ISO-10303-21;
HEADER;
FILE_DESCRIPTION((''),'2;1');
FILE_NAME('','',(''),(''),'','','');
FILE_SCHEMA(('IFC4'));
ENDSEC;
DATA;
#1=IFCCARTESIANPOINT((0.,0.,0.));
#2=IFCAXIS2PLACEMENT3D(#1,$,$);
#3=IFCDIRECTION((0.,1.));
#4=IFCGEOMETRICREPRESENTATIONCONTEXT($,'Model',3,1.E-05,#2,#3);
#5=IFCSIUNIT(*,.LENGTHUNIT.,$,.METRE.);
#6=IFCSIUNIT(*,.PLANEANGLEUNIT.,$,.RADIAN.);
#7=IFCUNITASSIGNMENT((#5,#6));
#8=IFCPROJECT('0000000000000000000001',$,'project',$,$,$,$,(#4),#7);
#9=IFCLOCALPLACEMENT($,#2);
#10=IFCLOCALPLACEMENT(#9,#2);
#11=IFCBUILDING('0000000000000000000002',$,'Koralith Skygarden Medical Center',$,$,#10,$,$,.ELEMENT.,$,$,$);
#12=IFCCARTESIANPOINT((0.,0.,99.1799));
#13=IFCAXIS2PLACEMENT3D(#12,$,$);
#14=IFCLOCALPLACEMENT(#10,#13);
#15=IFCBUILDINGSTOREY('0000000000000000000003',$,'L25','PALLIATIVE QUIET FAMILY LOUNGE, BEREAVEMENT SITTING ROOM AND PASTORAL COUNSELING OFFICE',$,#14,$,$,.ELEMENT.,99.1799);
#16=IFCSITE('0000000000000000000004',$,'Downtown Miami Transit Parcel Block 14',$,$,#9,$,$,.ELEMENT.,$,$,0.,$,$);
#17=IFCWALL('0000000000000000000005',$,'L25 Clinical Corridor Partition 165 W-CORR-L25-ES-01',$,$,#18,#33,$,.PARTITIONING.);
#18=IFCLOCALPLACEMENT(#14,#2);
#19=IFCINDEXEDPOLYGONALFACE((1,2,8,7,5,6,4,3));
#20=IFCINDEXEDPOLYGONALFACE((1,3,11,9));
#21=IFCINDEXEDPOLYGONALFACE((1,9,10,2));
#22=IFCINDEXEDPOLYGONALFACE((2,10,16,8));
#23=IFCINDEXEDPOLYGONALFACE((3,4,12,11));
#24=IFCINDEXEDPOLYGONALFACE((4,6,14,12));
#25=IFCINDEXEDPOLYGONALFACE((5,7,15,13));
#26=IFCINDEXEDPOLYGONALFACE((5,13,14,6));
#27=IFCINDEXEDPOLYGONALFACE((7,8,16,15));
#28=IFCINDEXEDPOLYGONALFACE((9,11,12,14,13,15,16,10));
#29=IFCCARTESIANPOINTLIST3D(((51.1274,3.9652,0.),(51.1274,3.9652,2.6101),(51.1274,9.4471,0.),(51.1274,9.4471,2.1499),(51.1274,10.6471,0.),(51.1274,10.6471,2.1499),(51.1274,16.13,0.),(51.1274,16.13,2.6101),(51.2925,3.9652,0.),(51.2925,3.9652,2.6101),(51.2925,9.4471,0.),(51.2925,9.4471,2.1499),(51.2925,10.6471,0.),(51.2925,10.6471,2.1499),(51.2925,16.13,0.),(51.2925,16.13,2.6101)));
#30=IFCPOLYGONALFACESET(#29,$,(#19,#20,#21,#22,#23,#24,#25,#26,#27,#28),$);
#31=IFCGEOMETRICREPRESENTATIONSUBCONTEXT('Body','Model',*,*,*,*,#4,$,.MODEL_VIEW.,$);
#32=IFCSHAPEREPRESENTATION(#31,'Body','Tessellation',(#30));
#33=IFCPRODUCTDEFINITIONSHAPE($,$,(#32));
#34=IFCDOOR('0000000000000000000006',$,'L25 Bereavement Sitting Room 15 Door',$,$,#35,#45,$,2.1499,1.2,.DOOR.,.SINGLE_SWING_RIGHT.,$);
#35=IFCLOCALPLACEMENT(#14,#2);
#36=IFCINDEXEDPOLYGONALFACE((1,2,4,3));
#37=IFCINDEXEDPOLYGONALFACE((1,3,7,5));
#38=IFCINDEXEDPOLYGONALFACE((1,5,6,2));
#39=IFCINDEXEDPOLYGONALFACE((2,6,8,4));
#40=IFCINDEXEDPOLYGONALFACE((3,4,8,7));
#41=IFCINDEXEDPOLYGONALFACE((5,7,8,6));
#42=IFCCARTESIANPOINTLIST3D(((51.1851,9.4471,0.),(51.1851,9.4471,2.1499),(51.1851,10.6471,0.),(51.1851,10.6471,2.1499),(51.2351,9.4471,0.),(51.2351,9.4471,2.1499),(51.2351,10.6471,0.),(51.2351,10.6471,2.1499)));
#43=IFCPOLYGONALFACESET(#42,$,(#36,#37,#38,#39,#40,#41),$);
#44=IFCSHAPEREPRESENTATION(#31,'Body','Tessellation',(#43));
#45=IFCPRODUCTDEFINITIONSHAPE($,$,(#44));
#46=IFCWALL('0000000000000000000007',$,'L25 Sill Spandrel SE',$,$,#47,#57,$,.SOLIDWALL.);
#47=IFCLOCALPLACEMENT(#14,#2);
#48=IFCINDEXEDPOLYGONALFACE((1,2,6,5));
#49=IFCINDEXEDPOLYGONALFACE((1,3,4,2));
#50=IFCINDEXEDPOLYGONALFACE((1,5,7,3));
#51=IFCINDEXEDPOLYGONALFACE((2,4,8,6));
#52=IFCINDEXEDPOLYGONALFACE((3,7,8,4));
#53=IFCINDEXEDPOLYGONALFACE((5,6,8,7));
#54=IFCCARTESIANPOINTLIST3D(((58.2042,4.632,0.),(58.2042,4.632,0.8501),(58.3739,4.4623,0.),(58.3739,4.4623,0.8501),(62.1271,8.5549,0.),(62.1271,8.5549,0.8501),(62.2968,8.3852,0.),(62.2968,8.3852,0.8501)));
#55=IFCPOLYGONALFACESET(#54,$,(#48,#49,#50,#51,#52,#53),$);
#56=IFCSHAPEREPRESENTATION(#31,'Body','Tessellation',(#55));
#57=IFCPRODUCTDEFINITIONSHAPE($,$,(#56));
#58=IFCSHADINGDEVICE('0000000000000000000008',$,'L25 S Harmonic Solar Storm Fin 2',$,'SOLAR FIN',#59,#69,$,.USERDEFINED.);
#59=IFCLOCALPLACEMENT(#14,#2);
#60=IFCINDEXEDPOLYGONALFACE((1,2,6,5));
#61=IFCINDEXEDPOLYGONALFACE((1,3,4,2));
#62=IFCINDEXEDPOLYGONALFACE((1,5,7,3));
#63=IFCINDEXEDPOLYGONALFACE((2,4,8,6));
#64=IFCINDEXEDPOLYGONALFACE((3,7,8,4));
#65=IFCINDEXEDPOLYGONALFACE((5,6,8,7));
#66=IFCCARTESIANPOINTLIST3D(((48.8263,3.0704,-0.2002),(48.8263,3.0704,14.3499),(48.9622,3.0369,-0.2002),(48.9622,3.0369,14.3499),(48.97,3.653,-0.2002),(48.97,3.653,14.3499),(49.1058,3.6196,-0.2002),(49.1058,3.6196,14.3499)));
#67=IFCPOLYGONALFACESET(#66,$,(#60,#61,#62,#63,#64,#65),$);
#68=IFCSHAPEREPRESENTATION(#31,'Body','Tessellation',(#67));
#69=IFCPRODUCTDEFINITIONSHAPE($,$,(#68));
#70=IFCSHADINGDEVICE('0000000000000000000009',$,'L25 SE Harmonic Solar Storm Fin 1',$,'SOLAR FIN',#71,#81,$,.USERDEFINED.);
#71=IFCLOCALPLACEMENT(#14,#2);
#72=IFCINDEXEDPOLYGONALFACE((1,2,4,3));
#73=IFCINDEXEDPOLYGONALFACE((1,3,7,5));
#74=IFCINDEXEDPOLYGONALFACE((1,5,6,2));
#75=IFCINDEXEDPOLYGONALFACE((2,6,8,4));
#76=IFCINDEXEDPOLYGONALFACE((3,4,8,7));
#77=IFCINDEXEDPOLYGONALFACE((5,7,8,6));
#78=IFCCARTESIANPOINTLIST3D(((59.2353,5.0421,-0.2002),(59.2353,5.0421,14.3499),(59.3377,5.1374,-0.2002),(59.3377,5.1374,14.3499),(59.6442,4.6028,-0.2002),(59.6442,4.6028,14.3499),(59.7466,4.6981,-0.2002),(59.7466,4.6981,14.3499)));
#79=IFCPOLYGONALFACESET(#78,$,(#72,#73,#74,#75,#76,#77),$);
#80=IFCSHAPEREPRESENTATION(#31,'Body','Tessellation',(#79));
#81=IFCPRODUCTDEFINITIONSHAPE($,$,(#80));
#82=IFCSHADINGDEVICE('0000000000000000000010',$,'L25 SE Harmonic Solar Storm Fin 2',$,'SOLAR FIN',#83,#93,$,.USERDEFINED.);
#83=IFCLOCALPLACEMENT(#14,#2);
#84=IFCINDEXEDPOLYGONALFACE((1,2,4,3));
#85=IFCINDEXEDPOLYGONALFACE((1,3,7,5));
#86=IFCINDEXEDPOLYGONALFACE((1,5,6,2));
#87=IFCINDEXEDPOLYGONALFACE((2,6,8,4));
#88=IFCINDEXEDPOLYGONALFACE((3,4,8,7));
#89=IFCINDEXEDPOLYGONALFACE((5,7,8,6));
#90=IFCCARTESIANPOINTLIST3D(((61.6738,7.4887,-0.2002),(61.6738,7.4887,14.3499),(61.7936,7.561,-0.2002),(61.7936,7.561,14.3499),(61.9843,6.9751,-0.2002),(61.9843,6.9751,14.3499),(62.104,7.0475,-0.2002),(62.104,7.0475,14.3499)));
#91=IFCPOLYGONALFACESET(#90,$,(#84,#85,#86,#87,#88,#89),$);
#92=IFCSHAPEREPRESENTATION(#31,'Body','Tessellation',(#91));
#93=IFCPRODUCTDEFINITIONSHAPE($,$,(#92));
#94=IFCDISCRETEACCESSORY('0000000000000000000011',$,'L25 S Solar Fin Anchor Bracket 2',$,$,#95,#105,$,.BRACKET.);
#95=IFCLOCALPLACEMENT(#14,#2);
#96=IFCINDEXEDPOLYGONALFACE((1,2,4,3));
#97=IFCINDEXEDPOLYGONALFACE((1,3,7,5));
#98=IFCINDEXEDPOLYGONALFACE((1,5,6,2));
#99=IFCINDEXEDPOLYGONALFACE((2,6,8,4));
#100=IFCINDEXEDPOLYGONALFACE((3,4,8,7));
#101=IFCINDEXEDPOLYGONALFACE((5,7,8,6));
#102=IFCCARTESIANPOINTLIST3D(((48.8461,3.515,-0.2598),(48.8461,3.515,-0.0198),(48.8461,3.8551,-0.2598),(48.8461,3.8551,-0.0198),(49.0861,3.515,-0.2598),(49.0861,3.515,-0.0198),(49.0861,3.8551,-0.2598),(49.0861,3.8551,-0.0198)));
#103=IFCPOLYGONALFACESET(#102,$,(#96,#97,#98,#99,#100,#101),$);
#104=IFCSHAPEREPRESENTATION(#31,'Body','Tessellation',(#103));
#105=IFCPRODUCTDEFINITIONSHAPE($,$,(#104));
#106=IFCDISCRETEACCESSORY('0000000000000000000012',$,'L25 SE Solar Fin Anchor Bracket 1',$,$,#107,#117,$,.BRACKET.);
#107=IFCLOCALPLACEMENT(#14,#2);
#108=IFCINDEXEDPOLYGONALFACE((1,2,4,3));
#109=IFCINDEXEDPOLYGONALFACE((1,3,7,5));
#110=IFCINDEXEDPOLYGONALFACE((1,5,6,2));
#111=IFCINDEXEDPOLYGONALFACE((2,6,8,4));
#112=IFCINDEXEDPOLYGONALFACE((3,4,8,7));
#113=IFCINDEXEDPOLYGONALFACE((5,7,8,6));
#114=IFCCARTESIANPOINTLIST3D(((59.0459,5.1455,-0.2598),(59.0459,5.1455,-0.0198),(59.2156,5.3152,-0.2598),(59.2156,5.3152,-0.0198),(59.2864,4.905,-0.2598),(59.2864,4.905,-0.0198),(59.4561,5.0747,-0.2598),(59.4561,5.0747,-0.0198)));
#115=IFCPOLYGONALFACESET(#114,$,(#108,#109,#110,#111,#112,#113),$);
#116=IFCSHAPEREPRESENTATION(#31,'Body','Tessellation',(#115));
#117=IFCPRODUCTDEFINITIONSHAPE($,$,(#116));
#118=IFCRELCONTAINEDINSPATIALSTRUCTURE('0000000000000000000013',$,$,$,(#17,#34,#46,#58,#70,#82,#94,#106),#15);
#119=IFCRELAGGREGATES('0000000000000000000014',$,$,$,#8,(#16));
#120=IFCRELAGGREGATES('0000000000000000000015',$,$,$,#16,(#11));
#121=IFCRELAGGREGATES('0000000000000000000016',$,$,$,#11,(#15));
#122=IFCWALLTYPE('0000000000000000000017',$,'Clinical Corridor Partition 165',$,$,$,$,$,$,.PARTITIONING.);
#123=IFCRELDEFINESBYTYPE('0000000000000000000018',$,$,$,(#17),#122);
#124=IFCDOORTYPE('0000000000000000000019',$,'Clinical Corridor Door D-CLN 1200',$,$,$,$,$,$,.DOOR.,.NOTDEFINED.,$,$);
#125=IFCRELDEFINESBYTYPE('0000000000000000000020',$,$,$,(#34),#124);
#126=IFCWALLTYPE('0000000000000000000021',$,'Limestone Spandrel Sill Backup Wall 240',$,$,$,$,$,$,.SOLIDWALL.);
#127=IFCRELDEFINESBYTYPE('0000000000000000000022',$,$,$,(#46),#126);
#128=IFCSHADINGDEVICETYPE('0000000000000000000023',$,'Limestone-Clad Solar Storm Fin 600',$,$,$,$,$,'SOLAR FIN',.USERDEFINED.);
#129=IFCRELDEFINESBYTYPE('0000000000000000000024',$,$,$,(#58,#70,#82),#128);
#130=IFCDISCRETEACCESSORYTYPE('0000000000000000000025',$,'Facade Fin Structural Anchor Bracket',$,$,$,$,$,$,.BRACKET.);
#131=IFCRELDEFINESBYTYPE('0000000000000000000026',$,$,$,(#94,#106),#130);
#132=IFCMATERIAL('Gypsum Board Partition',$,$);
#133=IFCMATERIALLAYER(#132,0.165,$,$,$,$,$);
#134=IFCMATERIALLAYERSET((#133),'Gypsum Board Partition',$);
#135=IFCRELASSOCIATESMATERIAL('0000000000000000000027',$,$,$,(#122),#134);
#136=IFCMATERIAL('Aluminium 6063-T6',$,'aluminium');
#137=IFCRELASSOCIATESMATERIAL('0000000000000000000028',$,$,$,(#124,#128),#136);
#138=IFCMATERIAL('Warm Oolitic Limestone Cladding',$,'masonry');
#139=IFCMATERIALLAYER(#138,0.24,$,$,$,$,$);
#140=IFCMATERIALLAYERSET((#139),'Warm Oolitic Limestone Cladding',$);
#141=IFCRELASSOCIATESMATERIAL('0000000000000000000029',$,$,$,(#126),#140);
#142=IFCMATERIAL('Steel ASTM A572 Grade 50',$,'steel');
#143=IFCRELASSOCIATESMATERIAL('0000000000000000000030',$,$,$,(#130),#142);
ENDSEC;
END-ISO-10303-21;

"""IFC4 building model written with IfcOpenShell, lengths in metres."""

from ifc_helpers import new_model, si_unit, direction, frame, frame_2d, origin, origin_2d, place, context, subcontext, project, spatial, rectangle, extrude, material, layer, layer_set, type_object, element, fill, save


model = new_model("IFC4")

# Units and contexts
model_context = context("Model", 3, precision=1e-05, world=origin(), true_north=direction((0.0, 1.0)))
body_context = subcontext(model_context, "Body", "Model", "MODEL_VIEW")
ifc_project = project(units=[si_unit("LENGTHUNIT", "METRE"), si_unit("PLANEANGLEUNIT", "RADIAN")], contexts=[model_context])

# Site, building, storey
site_placement = place(None, origin())
site = spatial("IfcSite", under=ifc_project, at=site_placement, Name="Downtown Miami Transit Parcel Block 14", CompositionType="ELEMENT", RefElevation=0.0)
building_placement = place(site_placement, origin())
building = spatial("IfcBuilding", under=site, at=building_placement, Name="Koralith Skygarden Medical Center", CompositionType="ELEMENT")
storey_placement = place(building_placement, frame((0.0, 0.0, 99.1799)))
storey = spatial("IfcBuildingStorey", under=building, at=storey_placement, Name="L25", Description="PALLIATIVE QUIET FAMILY LOUNGE, BEREAVEMENT SITTING ROOM AND PASTORAL COUNSELING OFFICE", CompositionType="ELEMENT", Elevation=99.1799)

# Shared definitions
ifc_material_1 = material(Name="Aluminium 6063-T6", Category="aluminium")

# Shared definitions
ifc_material_2 = material(Name="Warm Oolitic Limestone Cladding", Category="masonry")

# Shared definitions
ifc_material_3 = material(Name="Gypsum Board Partition")
ifc_layer_1 = layer(ifc_material_3, 0.165)
ifc_layer_set_1 = layer_set([ifc_layer_1], Name="Gypsum Board Partition")
wall_type_1 = type_object("IfcWallType", Name="Clinical Corridor Partition 165", PredefinedType="PARTITIONING", material=ifc_layer_set_1)

# Wall, opening, door
wall_1_placement = place(storey_placement, frame((51.21, 3.9651, 0.0), z_axis=(0.0, 0.0, 1.0), x_axis=(0.0, 1.0, 0.0)))
wall_1 = element("IfcWall", 1, at=wall_1_placement, inside=storey, type_object=wall_type_1, Name="L25 Clinical Corridor Partition 165 W-CORR-L25-ES-01", PredefinedType="PARTITIONING", context=body_context, shape_type="SweptSolid", body=[
    extrude(rectangle(XDim=12.1648, YDim=0.165, at=frame_2d((6.0825, 0.0))), origin(), (0.0, 0.0, 1.0), 2.6101),
])
opening_placement = place(wall_1_placement, frame((5.4819, 0.0, 0.0)))
opening = element("IfcOpeningElement", 2, at=opening_placement, cuts=wall_1, PredefinedType="OPENING", context=body_context, shape_type="SweptSolid", body=[
    extrude(rectangle(XDim=1.2, YDim=2.1499, at=frame_2d((0.6001, 1.075))), frame((0.0, 0.0925, 0.0), z_axis=(0.0, -1.0, 0.0), x_axis=(1.0, 0.0, 0.0)), (0.0, 0.0, 1.0), 0.1851),
])
door_type = type_object("IfcDoorType", Name="Clinical Corridor Door D-CLN 1200", OperationType="NOTDEFINED", PredefinedType="DOOR", material=ifc_material_1)
door_placement = place(opening_placement, origin())
door = element("IfcDoor", 3, at=door_placement, inside=storey, type_object=door_type, Name="L25 Bereavement Sitting Room 15 Door", OperationType="SINGLE_SWING_RIGHT", OverallHeight=2.1499, OverallWidth=1.2, PredefinedType="DOOR", context=body_context, shape_type="SweptSolid", body=[
    extrude(rectangle(XDim=1.2, YDim=2.1499, at=frame_2d((0.6001, 1.075))), frame((0.0, 0.0249, 0.0), z_axis=(0.0, -1.0, 0.0), x_axis=(1.0, 0.0, 0.0)), (0.0, 0.0, 1.0), 0.05),
])
fill(opening, door)

# Wall
ifc_layer_2 = layer(ifc_material_2, 0.24)
ifc_layer_set_2 = layer_set([ifc_layer_2], Name="Warm Oolitic Limestone Cladding")
wall_type_2 = type_object("IfcWallType", Name="Limestone Spandrel Sill Backup Wall 240", PredefinedType="SOLIDWALL", material=ifc_layer_set_2)
wall_2_placement = place(storey_placement, frame((58.2891, 4.5471, 0.0), z_axis=(0.0, 0.0, 1.0), x_axis=(0.707107, 0.707107, 0.0)))
element("IfcWall", 4, at=wall_2_placement, inside=storey, type_object=wall_type_2, Name="L25 Sill Spandrel SE", PredefinedType="SOLIDWALL", context=body_context, shape_type="SweptSolid", body=[
    extrude(rectangle(XDim=5.5479, YDim=0.24, at=frame_2d((2.7739, 0.0))), origin(), (0.0, 0.0, 1.0), 0.8501),
])

# Shading devices
shading_device_type = type_object("IfcShadingDeviceType", Name="Limestone-Clad Solar Storm Fin 600", ElementType="SOLAR FIN", PredefinedType="USERDEFINED", material=ifc_material_1)
for number, where, z_axis, x_axis, name in (
    (5, (48.9661, 3.345, -0.2002), (0.0, 0.0, 1.0), (-0.239381, -0.970926, 0.0), "L25 S Harmonic Solar Storm Fin 2"),
    (6, (59.491, 4.8701, -0.2002), (0.0, 0.0, 1.0), (0.681309, -0.731996, 0.0), "L25 SE Harmonic Solar Storm Fin 1"),
    (7, (61.8889, 7.2681, -0.2002), (0.0, 0.0, 1.0), (0.51728, -0.855816, 0.0), "L25 SE Harmonic Solar Storm Fin 2"),
):
    element("IfcShadingDevice", number, at=place(storey_placement, frame(where, z_axis=z_axis, x_axis=x_axis)), inside=storey, type_object=shading_device_type, Name=name, ObjectType="SOLAR FIN", PredefinedType="USERDEFINED", context=body_context, shape_type="SweptSolid", body=[
        extrude(rectangle(XDim=0.6001, YDim=0.1399, at=origin_2d()), origin(), (0.0, 0.0, 1.0), 14.55),
    ])

# Discrete accessories
ifc_material_4 = material(Name="Steel ASTM A572 Grade 50", Category="steel")
discrete_accessory_type = type_object("IfcDiscreteAccessoryType", Name="Facade Fin Structural Anchor Bracket", PredefinedType="BRACKET", material=ifc_material_4)
for number, where, z_axis, x_axis, name in (
    (8, (48.9661, 3.6851, -0.2598), (0.0, 0.0, 1.0), (0.0, -1.0, 0.0), "L25 S Solar Fin Anchor Bracket 2"),
    (9, (59.251, 5.1101, -0.2598), (0.0, 0.0, 1.0), (0.707107, -0.707107, 0.0), "L25 SE Solar Fin Anchor Bracket 1"),
):
    element("IfcDiscreteAccessory", number, at=place(storey_placement, frame(where, z_axis=z_axis, x_axis=x_axis)), inside=storey, type_object=discrete_accessory_type, Name=name, PredefinedType="BRACKET", context=body_context, shape_type="SweptSolid", body=[
        extrude(rectangle(XDim=0.3401, YDim=0.24, at=origin_2d()), origin(), (0.0, 0.0, 1.0), 0.24),
    ])

save(model, "model.ifc")
